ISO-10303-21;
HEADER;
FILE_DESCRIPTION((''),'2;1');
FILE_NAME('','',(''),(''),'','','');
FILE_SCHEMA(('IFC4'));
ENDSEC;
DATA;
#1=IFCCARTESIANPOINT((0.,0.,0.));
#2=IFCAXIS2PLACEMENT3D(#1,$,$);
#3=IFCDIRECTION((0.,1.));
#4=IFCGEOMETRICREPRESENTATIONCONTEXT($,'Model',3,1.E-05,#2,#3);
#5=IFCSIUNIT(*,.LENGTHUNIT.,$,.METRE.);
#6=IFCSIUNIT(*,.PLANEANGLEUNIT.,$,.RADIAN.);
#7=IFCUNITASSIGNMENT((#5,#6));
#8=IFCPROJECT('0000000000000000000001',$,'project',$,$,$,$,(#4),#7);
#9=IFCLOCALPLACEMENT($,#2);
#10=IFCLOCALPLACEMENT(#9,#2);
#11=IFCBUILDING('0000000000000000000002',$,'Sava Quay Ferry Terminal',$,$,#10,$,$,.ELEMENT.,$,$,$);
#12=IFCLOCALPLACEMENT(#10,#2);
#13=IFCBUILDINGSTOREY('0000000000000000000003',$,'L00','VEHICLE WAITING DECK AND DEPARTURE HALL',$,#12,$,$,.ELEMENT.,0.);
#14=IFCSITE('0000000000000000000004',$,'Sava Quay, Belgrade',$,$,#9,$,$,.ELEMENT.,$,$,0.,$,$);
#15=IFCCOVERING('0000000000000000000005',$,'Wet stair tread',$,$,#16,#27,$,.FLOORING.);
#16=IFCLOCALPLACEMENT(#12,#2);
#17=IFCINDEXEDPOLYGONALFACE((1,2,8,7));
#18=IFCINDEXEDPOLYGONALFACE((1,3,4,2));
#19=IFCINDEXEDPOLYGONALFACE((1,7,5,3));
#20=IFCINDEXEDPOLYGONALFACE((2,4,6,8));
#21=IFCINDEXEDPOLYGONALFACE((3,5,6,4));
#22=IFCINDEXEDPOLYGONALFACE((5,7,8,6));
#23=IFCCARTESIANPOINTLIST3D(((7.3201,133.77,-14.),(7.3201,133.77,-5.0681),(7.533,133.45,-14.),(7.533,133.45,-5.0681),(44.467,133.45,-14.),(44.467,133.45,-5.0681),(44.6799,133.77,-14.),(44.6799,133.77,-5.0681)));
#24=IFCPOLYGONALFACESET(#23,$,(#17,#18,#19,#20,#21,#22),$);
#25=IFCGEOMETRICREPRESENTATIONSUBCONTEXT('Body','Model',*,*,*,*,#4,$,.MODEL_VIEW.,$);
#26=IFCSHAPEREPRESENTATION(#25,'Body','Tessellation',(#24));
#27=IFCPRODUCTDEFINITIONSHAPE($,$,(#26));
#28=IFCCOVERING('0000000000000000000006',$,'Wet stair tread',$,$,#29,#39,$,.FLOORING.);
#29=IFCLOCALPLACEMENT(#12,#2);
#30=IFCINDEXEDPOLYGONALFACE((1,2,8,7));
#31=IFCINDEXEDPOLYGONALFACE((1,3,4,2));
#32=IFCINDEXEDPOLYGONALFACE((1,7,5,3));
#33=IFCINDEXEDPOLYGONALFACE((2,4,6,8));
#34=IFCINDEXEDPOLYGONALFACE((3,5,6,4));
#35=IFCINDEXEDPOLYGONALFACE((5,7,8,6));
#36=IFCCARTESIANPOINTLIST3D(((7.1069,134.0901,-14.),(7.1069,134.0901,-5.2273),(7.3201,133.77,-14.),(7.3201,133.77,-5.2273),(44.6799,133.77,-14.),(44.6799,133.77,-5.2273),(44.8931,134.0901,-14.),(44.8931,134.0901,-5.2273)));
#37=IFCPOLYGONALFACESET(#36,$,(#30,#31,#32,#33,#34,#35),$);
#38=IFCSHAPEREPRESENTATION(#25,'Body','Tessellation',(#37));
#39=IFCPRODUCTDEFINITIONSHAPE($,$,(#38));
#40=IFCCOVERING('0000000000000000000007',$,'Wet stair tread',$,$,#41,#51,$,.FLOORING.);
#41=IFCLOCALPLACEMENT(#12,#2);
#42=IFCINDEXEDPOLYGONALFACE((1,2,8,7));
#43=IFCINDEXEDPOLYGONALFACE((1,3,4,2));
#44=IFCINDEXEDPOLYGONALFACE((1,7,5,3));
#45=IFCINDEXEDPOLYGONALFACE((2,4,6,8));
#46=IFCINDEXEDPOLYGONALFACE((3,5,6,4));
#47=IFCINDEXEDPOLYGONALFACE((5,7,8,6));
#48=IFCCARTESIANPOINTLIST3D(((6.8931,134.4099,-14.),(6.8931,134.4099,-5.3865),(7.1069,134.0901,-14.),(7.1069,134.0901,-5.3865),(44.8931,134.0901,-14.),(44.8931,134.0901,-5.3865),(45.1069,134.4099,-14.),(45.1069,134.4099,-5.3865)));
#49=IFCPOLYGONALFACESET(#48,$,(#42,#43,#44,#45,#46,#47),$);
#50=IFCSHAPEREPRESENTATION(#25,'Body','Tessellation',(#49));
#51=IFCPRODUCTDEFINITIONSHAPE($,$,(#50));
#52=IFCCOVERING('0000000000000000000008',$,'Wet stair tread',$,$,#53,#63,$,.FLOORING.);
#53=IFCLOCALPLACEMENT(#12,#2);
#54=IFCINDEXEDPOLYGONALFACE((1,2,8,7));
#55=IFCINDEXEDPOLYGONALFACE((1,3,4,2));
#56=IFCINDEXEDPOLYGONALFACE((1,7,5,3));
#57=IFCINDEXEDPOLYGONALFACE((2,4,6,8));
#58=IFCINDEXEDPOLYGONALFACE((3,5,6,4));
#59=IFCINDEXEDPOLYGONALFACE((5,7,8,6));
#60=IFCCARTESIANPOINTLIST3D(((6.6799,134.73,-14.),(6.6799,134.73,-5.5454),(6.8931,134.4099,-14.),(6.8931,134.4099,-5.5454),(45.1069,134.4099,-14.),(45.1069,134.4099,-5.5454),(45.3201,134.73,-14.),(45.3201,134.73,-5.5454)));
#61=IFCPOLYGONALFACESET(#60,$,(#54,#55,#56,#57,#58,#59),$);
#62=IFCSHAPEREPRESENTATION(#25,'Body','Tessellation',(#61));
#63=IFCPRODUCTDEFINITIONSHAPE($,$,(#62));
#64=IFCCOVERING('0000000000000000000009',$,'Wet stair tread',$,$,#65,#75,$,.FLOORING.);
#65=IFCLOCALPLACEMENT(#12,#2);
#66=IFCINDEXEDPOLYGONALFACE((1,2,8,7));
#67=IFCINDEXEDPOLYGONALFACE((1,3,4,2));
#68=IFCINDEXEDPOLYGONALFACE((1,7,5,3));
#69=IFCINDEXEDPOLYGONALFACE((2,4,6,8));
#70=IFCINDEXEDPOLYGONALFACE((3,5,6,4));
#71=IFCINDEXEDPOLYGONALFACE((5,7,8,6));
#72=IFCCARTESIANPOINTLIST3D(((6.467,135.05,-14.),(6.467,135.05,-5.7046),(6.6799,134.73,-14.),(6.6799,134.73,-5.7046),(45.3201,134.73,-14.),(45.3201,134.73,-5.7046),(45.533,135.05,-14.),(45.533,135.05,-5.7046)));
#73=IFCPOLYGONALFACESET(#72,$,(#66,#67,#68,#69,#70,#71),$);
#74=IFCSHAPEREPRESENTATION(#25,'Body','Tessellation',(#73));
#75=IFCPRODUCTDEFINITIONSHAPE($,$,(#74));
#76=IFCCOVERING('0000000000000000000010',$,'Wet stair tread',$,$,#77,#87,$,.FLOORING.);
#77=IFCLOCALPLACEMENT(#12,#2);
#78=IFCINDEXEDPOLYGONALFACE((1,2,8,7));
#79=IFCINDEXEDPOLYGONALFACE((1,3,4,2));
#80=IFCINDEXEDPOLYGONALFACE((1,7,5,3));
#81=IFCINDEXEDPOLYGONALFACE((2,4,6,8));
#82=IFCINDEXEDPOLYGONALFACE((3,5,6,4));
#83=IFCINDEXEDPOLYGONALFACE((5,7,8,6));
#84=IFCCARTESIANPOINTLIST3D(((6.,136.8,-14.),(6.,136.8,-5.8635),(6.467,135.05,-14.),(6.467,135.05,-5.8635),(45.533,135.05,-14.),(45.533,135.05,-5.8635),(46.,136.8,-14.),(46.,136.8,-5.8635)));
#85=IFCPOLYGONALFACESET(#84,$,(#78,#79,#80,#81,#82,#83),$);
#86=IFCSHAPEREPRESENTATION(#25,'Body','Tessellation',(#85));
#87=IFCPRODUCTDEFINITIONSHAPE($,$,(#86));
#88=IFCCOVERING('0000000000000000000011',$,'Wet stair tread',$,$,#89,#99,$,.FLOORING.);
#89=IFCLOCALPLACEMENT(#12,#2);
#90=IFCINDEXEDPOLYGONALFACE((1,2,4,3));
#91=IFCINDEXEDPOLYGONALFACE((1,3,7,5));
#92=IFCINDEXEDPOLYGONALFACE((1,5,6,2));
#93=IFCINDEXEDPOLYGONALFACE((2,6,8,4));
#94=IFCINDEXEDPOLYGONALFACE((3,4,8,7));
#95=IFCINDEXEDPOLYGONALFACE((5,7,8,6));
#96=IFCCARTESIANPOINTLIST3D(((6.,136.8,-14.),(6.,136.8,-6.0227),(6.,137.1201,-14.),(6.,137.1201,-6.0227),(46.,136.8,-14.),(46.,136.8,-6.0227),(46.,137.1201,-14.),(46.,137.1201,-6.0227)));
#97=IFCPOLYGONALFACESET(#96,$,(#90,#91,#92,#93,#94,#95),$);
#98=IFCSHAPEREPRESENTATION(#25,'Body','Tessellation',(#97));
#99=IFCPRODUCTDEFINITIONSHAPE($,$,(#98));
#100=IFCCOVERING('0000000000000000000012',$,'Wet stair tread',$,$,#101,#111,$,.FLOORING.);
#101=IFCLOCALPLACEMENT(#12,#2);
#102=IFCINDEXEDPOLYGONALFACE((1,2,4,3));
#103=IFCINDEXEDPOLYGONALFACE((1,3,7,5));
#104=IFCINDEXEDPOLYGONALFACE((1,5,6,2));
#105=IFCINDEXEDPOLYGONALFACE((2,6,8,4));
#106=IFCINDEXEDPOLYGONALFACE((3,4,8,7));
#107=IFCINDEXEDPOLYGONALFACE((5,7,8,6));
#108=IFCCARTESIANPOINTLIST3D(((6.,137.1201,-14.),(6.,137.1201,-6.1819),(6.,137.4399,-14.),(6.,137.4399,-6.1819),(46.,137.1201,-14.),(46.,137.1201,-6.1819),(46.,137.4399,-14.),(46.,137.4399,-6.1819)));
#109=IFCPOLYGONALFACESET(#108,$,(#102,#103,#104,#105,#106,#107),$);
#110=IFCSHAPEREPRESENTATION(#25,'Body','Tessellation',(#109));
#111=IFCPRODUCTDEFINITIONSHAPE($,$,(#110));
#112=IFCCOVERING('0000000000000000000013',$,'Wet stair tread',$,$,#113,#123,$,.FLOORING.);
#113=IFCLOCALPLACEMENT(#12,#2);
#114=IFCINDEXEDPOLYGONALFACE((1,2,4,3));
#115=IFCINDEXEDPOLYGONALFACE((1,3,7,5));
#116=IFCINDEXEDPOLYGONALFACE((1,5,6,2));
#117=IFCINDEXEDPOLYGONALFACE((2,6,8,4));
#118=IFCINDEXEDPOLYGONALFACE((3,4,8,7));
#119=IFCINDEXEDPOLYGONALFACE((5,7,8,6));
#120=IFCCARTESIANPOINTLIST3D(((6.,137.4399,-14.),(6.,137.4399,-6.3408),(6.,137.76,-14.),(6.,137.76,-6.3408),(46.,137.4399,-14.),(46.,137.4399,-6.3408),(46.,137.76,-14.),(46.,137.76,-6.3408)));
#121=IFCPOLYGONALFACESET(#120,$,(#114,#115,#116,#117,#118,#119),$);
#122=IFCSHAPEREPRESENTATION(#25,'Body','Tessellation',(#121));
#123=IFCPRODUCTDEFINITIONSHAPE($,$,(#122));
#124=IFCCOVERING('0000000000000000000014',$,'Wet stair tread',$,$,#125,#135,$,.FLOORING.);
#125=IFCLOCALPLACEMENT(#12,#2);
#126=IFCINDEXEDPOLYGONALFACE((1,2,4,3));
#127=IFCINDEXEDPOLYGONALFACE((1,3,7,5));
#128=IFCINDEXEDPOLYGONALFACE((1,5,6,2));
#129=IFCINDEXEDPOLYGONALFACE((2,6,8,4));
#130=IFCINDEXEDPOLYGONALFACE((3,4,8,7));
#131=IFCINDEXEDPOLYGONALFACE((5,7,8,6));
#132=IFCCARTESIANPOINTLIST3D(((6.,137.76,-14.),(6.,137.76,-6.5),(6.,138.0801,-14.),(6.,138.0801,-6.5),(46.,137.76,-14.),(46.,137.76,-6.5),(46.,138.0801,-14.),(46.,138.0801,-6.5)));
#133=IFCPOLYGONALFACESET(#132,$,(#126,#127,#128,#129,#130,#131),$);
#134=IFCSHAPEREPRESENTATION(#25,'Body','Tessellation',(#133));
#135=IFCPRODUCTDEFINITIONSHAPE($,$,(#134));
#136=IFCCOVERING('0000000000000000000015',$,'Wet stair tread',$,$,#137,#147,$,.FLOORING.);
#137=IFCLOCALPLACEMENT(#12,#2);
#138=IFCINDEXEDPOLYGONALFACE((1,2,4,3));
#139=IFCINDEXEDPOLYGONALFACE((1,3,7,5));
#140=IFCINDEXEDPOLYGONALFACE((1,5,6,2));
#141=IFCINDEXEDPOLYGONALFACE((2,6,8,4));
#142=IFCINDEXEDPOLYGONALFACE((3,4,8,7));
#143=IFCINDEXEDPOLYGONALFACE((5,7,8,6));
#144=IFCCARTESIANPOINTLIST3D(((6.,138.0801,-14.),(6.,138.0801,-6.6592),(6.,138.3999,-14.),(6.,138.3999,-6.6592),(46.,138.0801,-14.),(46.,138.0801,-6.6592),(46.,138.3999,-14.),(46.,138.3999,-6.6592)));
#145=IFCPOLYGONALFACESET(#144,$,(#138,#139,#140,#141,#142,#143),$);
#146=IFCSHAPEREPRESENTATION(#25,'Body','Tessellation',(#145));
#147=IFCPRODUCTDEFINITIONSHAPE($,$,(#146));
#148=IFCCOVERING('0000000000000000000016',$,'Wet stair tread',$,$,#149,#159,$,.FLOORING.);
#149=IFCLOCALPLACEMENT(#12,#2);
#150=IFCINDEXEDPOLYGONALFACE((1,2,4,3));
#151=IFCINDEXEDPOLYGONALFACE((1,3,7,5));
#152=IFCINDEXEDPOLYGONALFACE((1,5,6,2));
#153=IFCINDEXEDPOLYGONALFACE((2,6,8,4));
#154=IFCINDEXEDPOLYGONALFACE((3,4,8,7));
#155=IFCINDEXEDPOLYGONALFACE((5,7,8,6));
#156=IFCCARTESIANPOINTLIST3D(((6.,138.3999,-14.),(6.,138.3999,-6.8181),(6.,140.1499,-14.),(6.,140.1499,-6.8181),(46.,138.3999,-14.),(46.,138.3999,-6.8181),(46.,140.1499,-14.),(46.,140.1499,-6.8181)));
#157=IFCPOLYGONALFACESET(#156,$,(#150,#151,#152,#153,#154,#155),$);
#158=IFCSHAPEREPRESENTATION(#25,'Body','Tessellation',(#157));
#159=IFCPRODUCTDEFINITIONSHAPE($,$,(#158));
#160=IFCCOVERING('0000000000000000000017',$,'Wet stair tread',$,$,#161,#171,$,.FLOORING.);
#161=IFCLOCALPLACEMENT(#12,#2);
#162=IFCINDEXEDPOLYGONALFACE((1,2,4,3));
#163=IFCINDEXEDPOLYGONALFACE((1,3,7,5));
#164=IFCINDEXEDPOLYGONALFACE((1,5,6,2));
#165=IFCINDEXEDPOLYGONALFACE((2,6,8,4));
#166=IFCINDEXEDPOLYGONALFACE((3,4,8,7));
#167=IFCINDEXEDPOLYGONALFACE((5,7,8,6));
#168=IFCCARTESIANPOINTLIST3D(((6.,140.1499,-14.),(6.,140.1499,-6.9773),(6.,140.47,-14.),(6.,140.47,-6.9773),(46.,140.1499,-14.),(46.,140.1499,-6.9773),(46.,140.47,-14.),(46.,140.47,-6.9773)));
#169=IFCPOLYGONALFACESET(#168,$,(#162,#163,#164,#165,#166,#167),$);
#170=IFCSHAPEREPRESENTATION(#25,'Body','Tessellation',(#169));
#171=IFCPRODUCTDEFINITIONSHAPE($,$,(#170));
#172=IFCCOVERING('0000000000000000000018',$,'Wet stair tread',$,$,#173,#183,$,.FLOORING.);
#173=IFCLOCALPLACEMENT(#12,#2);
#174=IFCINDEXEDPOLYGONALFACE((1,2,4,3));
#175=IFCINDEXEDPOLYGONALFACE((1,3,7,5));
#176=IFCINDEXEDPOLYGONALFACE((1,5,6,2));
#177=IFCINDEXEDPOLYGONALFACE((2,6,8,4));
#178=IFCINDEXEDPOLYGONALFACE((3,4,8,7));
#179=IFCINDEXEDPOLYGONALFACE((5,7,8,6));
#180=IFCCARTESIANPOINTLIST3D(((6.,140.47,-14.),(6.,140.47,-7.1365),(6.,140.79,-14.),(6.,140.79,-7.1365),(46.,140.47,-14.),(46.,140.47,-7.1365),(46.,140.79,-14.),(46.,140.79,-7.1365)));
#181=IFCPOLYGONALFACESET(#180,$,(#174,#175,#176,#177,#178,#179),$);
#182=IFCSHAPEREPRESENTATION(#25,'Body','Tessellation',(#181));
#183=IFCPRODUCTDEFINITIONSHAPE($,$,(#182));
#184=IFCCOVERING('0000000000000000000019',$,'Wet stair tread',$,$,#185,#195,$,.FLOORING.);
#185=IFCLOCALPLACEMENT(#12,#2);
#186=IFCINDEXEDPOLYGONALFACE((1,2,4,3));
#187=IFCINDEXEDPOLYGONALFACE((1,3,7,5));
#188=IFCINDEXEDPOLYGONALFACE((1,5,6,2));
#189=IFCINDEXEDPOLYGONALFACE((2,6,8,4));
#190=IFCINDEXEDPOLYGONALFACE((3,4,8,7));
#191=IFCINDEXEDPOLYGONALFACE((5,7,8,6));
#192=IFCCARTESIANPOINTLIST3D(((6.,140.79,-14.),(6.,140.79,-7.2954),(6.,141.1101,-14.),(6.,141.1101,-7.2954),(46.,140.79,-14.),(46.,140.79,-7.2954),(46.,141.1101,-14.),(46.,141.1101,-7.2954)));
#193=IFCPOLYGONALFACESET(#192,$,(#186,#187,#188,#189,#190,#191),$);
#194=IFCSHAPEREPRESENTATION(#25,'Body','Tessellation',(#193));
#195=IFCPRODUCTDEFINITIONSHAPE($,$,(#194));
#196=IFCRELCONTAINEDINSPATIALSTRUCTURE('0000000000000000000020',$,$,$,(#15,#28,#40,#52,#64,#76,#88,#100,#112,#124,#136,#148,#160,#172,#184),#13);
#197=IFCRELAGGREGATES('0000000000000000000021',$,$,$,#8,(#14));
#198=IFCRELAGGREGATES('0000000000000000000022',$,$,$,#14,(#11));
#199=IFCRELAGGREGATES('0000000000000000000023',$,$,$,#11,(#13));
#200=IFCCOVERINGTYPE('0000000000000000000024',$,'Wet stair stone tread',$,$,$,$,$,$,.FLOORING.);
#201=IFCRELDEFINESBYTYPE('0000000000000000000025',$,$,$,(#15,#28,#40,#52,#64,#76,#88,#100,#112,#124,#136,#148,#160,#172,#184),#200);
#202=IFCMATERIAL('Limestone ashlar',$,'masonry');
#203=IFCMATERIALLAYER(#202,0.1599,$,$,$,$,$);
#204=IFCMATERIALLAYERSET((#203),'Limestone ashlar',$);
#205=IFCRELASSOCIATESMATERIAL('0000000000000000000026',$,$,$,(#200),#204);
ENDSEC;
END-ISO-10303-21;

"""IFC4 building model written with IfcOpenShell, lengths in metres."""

from ifc_helpers import new_model, si_unit, direction, frame, origin, place, context, subcontext, project, spatial, polyline, outline, extrude, material, layer, layer_set, type_object, element, save


model = new_model("IFC4")

# Units and contexts
model_context = context("Model", 3, precision=1e-05, world=origin(), true_north=direction((0.0, 1.0)))
body_context = subcontext(model_context, "Body", "Model", "MODEL_VIEW")
ifc_project = project(units=[si_unit("LENGTHUNIT", "METRE"), si_unit("PLANEANGLEUNIT", "RADIAN")], contexts=[model_context])

# Site, building, storey
site_placement = place(None, origin())
site = spatial("IfcSite", under=ifc_project, at=site_placement, Name="Sava Quay, Belgrade", CompositionType="ELEMENT", RefElevation=0.0)
building_placement = place(site_placement, origin())
building = spatial("IfcBuilding", under=site, at=building_placement, Name="Sava Quay Ferry Terminal", CompositionType="ELEMENT")
storey_placement = place(building_placement, origin())
storey = spatial("IfcBuildingStorey", under=building, at=storey_placement, Name="L00", Description="VEHICLE WAITING DECK AND DEPARTURE HALL", CompositionType="ELEMENT", Elevation=0.0)

# Coverings
ifc_material_1 = material(Name="Limestone ashlar", Category="masonry")
ifc_layer_1 = layer(ifc_material_1, 0.1599)
ifc_layer_set_1 = layer_set([ifc_layer_1], Name="Limestone ashlar")
covering_type_1 = type_object("IfcCoveringType", Name="Wet stair stone tread", PredefinedType="FLOORING", material=ifc_layer_set_1)
covering_1_placement = place(storey_placement, frame((0.0, 0.0, -14.0)))
element("IfcCovering", 1, at=covering_1_placement, inside=storey, type_object=covering_type_1, Name="Wet stair tread", PredefinedType="FLOORING", context=body_context, shape_type="SweptSolid", body=[
    extrude(outline(polyline([(7.533, 133.45), (44.467, 133.45), (44.6799, 133.77), (7.3201, 133.77), (7.533, 133.45)])), origin(), (0.0, 0.0, 1.0), 8.9319),
])
covering_2_placement = place(storey_placement, frame((0.0, 0.0, -14.0)))
element("IfcCovering", 2, at=covering_2_placement, inside=storey, type_object=covering_type_1, Name="Wet stair tread", PredefinedType="FLOORING", context=body_context, shape_type="SweptSolid", body=[
    extrude(outline(polyline([(7.3201, 133.77), (44.6799, 133.77), (44.8931, 134.0901), (7.1069, 134.0901), (7.3201, 133.77)])), origin(), (0.0, 0.0, 1.0), 8.7727),
])
covering_3_placement = place(storey_placement, frame((0.0, 0.0, -14.0)))
element("IfcCovering", 3, at=covering_3_placement, inside=storey, type_object=covering_type_1, Name="Wet stair tread", PredefinedType="FLOORING", context=body_context, shape_type="SweptSolid", body=[
    extrude(outline(polyline([(7.1069, 134.0901), (44.8931, 134.0901), (45.1069, 134.4099), (6.8931, 134.4099), (7.1069, 134.0901)])), origin(), (0.0, 0.0, 1.0), 8.6135),
])
covering_4_placement = place(storey_placement, frame((0.0, 0.0, -14.0)))
element("IfcCovering", 4, at=covering_4_placement, inside=storey, type_object=covering_type_1, Name="Wet stair tread", PredefinedType="FLOORING", context=body_context, shape_type="SweptSolid", body=[
    extrude(outline(polyline([(6.8931, 134.4099), (45.1069, 134.4099), (45.3201, 134.73), (6.6799, 134.73), (6.8931, 134.4099)])), origin(), (0.0, 0.0, 1.0), 8.4546),
])
covering_5_placement = place(storey_placement, frame((0.0, 0.0, -14.0)))
element("IfcCovering", 5, at=covering_5_placement, inside=storey, type_object=covering_type_1, Name="Wet stair tread", PredefinedType="FLOORING", context=body_context, shape_type="SweptSolid", body=[
    extrude(outline(polyline([(6.6799, 134.73), (45.3201, 134.73), (45.533, 135.05), (6.467, 135.05), (6.6799, 134.73)])), origin(), (0.0, 0.0, 1.0), 8.2954),
])
covering_6_placement = place(storey_placement, frame((0.0, 0.0, -14.0)))
element("IfcCovering", 6, at=covering_6_placement, inside=storey, type_object=covering_type_1, Name="Wet stair tread", PredefinedType="FLOORING", context=body_context, shape_type="SweptSolid", body=[
    extrude(outline(polyline([(6.467, 135.05), (45.533, 135.05), (46.0, 136.8), (6.0, 136.8), (6.467, 135.05)])), origin(), (0.0, 0.0, 1.0), 8.1365),
])
covering_7_placement = place(storey_placement, frame((0.0, 0.0, -14.0)))
element("IfcCovering", 7, at=covering_7_placement, inside=storey, type_object=covering_type_1, Name="Wet stair tread", PredefinedType="FLOORING", context=body_context, shape_type="SweptSolid", body=[
    extrude(outline(polyline([(6.0, 136.8), (46.0, 136.8), (46.0, 137.1201), (6.0, 137.1201), (6.0, 136.8)])), origin(), (0.0, 0.0, 1.0), 7.9773),
])
covering_8_placement = place(storey_placement, frame((0.0, 0.0, -14.0)))
element("IfcCovering", 8, at=covering_8_placement, inside=storey, type_object=covering_type_1, Name="Wet stair tread", PredefinedType="FLOORING", context=body_context, shape_type="SweptSolid", body=[
    extrude(outline(polyline([(6.0, 137.1201), (46.0, 137.1201), (46.0, 137.4399), (6.0, 137.4399), (6.0, 137.1201)])), origin(), (0.0, 0.0, 1.0), 7.8181),
])
covering_9_placement = place(storey_placement, frame((0.0, 0.0, -14.0)))
element("IfcCovering", 9, at=covering_9_placement, inside=storey, type_object=covering_type_1, Name="Wet stair tread", PredefinedType="FLOORING", context=body_context, shape_type="SweptSolid", body=[
    extrude(outline(polyline([(6.0, 137.4399), (46.0, 137.4399), (46.0, 137.76), (6.0, 137.76), (6.0, 137.4399)])), origin(), (0.0, 0.0, 1.0), 7.6592),
])
covering_10_placement = place(storey_placement, frame((0.0, 0.0, -14.0)))
element("IfcCovering", 10, at=covering_10_placement, inside=storey, type_object=covering_type_1, Name="Wet stair tread", PredefinedType="FLOORING", context=body_context, shape_type="SweptSolid", body=[
    extrude(outline(polyline([(6.0, 137.76), (46.0, 137.76), (46.0, 138.0801), (6.0, 138.0801), (6.0, 137.76)])), origin(), (0.0, 0.0, 1.0), 7.5),
])
covering_11_placement = place(storey_placement, frame((0.0, 0.0, -14.0)))
element("IfcCovering", 11, at=covering_11_placement, inside=storey, type_object=covering_type_1, Name="Wet stair tread", PredefinedType="FLOORING", context=body_context, shape_type="SweptSolid", body=[
    extrude(outline(polyline([(6.0, 138.0801), (46.0, 138.0801), (46.0, 138.3999), (6.0, 138.3999), (6.0, 138.0801)])), origin(), (0.0, 0.0, 1.0), 7.3408),
])
covering_12_placement = place(storey_placement, frame((0.0, 0.0, -14.0)))
element("IfcCovering", 12, at=covering_12_placement, inside=storey, type_object=covering_type_1, Name="Wet stair tread", PredefinedType="FLOORING", context=body_context, shape_type="SweptSolid", body=[
    extrude(outline(polyline([(6.0, 138.3999), (46.0, 138.3999), (46.0, 140.1499), (6.0, 140.1499), (6.0, 138.3999)])), origin(), (0.0, 0.0, 1.0), 7.1819),
])
covering_13_placement = place(storey_placement, frame((0.0, 0.0, -14.0)))
element("IfcCovering", 13, at=covering_13_placement, inside=storey, type_object=covering_type_1, Name="Wet stair tread", PredefinedType="FLOORING", context=body_context, shape_type="SweptSolid", body=[
    extrude(outline(polyline([(6.0, 140.1499), (46.0, 140.1499), (46.0, 140.47), (6.0, 140.47), (6.0, 140.1499)])), origin(), (0.0, 0.0, 1.0), 7.0227),
])
covering_14_placement = place(storey_placement, frame((0.0, 0.0, -14.0)))
element("IfcCovering", 14, at=covering_14_placement, inside=storey, type_object=covering_type_1, Name="Wet stair tread", PredefinedType="FLOORING", context=body_context, shape_type="SweptSolid", body=[
    extrude(outline(polyline([(6.0, 140.47), (46.0, 140.47), (46.0, 140.79), (6.0, 140.79), (6.0, 140.47)])), origin(), (0.0, 0.0, 1.0), 6.8635),
])
covering_15_placement = place(storey_placement, frame((0.0, 0.0, -14.0)))
element("IfcCovering", 15, at=covering_15_placement, inside=storey, type_object=covering_type_1, Name="Wet stair tread", PredefinedType="FLOORING", context=body_context, shape_type="SweptSolid", body=[
    extrude(outline(polyline([(6.0, 140.79), (46.0, 140.79), (46.0, 141.1101), (6.0, 141.1101), (6.0, 140.79)])), origin(), (0.0, 0.0, 1.0), 6.7046),
])

save(model, "model.ifc")
